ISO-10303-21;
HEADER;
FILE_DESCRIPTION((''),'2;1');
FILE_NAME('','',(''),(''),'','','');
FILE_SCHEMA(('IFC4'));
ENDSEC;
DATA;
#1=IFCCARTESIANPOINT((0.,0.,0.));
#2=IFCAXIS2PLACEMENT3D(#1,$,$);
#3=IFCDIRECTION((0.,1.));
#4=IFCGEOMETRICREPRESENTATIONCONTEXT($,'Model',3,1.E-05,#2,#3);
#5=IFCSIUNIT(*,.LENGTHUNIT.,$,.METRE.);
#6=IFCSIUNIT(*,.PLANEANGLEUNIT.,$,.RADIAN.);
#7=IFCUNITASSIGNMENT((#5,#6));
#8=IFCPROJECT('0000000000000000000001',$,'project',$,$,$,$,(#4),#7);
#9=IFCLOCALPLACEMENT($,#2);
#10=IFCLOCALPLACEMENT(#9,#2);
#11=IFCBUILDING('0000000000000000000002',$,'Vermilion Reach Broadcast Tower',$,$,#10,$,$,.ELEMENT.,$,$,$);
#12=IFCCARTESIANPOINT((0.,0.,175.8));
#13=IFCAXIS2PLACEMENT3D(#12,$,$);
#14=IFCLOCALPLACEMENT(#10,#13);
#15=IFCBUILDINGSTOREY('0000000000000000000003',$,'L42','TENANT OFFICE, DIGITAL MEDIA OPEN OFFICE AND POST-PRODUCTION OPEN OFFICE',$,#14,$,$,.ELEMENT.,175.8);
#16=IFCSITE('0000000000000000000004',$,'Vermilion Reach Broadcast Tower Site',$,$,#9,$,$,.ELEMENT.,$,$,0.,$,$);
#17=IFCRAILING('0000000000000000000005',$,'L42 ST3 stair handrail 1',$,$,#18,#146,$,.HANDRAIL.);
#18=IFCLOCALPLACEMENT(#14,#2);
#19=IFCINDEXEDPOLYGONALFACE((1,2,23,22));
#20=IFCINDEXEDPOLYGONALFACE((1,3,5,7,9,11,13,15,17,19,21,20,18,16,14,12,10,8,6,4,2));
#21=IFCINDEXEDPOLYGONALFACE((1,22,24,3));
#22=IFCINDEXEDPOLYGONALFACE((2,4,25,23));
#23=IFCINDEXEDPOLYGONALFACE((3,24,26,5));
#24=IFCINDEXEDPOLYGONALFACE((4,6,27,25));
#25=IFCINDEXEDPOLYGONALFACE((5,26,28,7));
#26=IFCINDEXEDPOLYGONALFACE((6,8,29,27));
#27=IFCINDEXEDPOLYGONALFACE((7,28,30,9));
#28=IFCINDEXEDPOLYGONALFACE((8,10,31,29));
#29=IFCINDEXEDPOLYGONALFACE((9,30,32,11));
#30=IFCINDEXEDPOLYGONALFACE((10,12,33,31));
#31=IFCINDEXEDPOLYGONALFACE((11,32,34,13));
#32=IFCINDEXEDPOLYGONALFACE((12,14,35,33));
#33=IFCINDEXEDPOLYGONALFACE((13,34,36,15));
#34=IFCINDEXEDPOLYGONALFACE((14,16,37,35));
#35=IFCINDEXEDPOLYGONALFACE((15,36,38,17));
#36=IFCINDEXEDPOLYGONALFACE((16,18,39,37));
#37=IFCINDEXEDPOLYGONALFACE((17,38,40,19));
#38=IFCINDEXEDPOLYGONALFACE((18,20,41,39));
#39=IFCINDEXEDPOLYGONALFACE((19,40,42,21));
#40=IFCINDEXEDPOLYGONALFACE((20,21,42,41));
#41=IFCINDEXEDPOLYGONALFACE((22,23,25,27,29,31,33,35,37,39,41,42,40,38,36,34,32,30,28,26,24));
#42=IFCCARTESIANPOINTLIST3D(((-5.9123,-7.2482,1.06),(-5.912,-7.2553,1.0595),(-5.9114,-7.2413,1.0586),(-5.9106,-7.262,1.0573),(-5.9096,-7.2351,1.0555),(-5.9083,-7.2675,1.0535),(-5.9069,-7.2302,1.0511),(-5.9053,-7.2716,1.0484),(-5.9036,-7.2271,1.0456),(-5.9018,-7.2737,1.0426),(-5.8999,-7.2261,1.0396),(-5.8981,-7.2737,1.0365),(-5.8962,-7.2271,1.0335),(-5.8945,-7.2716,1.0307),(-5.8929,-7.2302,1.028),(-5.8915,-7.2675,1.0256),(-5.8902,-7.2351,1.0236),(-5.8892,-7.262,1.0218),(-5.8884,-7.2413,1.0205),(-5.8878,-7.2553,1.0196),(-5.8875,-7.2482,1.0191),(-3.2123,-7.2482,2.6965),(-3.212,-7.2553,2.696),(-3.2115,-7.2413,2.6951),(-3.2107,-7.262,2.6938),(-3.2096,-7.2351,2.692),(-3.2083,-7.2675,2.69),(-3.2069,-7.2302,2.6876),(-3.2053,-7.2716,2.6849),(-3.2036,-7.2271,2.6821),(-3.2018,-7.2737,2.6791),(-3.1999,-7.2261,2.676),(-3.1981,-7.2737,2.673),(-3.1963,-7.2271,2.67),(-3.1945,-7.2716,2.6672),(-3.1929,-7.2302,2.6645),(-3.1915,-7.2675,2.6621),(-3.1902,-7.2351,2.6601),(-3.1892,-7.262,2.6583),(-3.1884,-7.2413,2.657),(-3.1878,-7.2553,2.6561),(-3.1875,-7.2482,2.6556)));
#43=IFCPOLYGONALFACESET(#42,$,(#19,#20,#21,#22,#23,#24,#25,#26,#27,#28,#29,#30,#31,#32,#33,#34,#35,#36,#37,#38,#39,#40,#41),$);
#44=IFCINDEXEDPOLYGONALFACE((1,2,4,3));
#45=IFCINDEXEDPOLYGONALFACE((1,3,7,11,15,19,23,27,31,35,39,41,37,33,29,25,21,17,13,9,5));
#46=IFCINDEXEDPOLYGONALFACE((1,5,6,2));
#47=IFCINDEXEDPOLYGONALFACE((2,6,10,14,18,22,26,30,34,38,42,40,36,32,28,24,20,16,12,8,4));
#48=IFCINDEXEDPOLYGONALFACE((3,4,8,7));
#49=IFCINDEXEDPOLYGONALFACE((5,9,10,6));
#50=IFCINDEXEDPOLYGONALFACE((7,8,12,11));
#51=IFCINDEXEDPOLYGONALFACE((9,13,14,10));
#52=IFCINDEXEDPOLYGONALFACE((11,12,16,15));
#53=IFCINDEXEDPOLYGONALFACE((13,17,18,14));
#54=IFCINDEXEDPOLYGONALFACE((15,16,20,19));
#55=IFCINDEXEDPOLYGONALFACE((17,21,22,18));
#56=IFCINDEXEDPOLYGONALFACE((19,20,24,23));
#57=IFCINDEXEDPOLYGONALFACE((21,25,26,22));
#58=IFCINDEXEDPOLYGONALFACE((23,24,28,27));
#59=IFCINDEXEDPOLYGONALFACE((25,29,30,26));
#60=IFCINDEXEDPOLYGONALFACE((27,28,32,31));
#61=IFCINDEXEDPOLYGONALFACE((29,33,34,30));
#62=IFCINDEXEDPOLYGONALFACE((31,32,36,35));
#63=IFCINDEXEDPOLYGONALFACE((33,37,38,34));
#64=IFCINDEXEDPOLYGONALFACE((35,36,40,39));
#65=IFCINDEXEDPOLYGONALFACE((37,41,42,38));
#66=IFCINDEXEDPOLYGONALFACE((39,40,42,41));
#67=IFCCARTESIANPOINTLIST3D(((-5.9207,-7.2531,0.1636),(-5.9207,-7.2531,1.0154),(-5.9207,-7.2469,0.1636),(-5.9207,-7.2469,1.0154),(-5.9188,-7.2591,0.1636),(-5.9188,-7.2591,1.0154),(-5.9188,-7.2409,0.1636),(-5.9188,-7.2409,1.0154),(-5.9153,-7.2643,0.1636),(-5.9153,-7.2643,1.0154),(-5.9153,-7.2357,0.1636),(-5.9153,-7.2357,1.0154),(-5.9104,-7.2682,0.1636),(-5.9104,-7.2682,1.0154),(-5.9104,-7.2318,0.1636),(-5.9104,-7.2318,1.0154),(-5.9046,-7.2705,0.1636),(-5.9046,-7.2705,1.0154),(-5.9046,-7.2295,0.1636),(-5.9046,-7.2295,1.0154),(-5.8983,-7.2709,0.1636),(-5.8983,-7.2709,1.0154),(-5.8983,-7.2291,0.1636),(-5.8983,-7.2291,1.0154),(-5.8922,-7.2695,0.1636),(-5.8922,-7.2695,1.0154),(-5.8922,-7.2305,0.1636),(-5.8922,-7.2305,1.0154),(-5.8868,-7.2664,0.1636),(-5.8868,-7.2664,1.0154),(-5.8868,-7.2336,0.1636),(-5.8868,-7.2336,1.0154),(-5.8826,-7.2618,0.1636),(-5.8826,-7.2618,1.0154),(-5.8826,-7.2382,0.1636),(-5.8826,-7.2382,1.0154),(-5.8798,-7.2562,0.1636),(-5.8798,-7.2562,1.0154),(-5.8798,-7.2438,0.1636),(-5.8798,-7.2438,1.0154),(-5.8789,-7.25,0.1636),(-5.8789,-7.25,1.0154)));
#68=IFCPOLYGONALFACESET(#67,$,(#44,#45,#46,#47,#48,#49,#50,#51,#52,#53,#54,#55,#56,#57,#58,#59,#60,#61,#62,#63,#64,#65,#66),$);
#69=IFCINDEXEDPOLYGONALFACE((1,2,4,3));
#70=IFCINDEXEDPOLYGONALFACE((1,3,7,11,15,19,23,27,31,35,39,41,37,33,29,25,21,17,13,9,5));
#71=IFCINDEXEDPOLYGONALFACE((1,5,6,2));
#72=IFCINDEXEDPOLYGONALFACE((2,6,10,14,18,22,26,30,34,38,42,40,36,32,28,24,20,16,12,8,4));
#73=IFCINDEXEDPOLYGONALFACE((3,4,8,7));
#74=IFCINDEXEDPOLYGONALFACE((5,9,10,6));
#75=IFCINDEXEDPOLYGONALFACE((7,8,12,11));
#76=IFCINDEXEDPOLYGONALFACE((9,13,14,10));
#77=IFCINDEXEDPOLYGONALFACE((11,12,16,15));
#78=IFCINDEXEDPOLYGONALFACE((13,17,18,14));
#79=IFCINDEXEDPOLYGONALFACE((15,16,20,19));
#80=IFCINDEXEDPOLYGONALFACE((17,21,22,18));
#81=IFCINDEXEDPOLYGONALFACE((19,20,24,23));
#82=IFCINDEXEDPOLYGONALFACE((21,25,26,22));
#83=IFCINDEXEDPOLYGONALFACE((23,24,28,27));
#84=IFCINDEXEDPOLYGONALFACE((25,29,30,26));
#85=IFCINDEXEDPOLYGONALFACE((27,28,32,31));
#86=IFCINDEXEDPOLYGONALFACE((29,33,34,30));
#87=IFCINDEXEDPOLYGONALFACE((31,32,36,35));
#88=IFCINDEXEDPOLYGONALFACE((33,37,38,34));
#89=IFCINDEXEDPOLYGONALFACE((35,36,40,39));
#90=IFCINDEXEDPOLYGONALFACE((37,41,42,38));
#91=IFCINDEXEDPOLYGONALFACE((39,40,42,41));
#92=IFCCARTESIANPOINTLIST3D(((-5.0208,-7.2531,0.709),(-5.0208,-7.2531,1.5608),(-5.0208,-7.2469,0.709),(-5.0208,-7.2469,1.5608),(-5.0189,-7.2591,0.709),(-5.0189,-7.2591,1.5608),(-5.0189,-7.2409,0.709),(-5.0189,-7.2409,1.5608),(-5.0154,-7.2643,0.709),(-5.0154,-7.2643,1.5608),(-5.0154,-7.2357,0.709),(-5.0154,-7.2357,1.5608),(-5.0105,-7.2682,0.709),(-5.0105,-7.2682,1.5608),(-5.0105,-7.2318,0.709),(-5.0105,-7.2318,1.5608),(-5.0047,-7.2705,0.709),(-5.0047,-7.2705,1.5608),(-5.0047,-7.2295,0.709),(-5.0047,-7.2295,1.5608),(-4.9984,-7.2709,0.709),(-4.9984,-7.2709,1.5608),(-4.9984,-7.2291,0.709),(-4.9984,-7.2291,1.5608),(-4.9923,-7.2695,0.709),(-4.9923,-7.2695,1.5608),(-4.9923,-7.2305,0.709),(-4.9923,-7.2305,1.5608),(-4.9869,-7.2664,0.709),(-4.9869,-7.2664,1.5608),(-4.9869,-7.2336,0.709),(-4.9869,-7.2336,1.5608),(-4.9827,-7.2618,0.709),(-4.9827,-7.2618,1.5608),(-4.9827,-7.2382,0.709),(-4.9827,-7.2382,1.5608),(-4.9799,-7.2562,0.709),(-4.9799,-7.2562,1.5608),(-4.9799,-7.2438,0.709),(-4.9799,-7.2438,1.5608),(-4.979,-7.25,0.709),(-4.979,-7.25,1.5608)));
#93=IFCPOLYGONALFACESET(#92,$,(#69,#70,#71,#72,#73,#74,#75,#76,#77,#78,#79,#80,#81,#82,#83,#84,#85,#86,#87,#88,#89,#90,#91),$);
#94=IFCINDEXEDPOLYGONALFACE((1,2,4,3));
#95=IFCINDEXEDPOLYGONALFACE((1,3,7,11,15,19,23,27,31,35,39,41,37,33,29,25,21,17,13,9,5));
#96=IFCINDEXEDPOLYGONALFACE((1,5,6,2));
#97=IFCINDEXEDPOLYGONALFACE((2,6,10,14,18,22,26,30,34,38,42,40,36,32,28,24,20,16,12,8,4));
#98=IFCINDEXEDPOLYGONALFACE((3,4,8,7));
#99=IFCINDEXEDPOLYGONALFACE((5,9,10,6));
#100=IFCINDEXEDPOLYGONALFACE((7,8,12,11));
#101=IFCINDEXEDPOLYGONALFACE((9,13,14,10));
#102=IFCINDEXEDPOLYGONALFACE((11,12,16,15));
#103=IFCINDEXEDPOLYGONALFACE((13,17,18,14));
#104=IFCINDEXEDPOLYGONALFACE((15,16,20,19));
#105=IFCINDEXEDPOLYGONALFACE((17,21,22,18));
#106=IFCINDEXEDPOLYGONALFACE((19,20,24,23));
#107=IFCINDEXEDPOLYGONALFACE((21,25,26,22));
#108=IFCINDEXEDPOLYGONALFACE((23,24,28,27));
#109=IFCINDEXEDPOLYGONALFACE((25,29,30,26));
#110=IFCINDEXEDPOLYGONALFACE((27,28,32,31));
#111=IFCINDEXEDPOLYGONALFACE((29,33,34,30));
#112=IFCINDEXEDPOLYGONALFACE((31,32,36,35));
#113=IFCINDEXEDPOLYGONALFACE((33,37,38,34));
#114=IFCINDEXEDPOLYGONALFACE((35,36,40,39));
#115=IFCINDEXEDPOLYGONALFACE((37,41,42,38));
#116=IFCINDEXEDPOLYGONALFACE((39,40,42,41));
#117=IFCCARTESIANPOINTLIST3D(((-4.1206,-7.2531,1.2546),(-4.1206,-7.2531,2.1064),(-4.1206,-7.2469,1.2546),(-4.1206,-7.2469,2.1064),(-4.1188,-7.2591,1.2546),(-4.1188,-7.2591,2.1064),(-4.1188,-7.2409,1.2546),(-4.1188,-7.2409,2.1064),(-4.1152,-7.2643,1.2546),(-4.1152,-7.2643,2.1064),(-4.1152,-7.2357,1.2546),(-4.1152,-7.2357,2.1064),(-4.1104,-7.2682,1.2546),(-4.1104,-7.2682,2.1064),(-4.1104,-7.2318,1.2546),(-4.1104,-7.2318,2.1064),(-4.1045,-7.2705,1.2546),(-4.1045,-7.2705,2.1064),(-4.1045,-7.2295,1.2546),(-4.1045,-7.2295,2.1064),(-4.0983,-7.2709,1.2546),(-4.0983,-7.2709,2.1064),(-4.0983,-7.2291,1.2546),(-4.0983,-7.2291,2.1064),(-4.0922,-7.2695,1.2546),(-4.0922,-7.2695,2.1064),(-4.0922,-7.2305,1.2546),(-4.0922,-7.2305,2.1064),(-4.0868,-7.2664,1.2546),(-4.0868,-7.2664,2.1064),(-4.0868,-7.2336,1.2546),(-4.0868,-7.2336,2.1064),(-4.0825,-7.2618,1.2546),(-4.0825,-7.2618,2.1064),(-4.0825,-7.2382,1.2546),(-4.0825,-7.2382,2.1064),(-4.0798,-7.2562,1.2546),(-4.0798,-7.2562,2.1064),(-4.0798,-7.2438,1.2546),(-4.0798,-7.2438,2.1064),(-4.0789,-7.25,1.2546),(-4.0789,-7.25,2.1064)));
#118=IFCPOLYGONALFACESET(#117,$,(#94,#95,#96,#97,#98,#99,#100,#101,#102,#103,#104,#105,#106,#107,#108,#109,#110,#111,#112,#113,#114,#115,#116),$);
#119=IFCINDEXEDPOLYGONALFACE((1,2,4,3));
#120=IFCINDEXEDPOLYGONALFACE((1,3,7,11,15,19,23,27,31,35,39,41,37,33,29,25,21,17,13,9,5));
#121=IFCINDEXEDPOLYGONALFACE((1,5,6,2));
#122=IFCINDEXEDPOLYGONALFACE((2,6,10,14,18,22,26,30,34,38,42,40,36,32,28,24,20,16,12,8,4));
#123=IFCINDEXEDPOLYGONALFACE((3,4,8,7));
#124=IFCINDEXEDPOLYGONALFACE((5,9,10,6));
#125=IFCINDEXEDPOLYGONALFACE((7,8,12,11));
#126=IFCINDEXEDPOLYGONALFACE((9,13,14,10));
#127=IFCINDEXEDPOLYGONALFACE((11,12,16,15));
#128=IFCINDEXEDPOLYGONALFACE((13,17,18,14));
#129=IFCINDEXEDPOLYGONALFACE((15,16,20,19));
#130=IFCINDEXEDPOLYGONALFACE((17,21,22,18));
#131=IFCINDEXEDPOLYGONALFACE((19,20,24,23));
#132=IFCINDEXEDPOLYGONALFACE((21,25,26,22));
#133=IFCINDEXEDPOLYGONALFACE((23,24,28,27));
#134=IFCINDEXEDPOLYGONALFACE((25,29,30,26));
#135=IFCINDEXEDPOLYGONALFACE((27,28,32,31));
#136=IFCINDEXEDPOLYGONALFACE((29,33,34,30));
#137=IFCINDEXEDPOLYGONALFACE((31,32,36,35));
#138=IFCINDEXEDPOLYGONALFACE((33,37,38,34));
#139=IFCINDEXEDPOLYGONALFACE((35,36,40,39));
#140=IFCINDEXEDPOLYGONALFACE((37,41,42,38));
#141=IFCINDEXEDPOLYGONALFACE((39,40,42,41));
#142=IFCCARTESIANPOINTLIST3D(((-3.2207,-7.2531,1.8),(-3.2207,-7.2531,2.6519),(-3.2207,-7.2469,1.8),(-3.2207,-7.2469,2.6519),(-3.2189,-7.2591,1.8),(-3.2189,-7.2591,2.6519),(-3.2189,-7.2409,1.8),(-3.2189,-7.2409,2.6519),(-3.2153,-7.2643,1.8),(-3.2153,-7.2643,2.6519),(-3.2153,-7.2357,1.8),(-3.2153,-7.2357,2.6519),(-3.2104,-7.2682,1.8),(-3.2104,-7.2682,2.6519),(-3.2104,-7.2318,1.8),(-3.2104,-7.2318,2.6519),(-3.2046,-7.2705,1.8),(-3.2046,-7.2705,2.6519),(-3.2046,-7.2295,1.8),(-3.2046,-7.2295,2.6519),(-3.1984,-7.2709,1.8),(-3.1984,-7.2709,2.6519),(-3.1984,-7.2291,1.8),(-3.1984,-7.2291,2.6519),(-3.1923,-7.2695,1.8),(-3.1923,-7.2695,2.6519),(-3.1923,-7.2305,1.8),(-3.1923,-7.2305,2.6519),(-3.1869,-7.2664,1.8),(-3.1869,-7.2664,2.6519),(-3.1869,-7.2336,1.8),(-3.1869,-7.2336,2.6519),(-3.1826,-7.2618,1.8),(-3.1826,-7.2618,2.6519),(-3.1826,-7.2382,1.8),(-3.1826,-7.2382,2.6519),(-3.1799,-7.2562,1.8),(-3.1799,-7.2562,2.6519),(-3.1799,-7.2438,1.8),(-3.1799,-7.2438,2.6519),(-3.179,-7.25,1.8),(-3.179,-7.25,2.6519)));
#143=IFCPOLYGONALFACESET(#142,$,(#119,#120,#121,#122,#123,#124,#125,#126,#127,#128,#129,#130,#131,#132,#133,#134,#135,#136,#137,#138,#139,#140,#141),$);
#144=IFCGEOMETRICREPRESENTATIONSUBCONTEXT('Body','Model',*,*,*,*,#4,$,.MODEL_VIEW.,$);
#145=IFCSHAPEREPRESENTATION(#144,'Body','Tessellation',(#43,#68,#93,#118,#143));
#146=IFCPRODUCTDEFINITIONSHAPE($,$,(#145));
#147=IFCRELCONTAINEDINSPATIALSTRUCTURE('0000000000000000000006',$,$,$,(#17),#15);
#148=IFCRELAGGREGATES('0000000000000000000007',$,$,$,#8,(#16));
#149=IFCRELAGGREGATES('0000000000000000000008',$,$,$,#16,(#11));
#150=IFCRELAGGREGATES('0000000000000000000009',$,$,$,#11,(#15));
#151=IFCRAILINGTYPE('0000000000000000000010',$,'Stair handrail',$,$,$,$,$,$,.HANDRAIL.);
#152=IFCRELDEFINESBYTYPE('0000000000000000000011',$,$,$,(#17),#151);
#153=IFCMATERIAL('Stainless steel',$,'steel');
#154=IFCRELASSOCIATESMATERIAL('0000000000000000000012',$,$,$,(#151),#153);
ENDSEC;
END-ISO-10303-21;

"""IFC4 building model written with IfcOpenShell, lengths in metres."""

from ifc_helpers import new_model, si_unit, direction, frame, origin, origin_2d, place, context, subcontext, project, spatial, circle, extrude, material, type_object, element, save


model = new_model("IFC4")

# Units and contexts
model_context = context("Model", 3, precision=1e-05, world=origin(), true_north=direction((0.0, 1.0)))
body_context = subcontext(model_context, "Body", "Model", "MODEL_VIEW")
ifc_project = project(units=[si_unit("LENGTHUNIT", "METRE"), si_unit("PLANEANGLEUNIT", "RADIAN")], contexts=[model_context])

# Site, building, storey
site_placement = place(None, origin())
site = spatial("IfcSite", under=ifc_project, at=site_placement, Name="Vermilion Reach Broadcast Tower Site", CompositionType="ELEMENT", RefElevation=0.0)
building_placement = place(site_placement, origin())
building = spatial("IfcBuilding", under=site, at=building_placement, Name="Vermilion Reach Broadcast Tower", CompositionType="ELEMENT")
storey_placement = place(building_placement, frame((0.0, 0.0, 175.8)))
storey = spatial("IfcBuildingStorey", under=building, at=storey_placement, Name="L42", Description="TENANT OFFICE, DIGITAL MEDIA OPEN OFFICE AND POST-PRODUCTION OPEN OFFICE", CompositionType="ELEMENT", Elevation=175.8)

# Railing
ifc_material_1 = material(Name="Stainless steel", Category="steel")
railing_type_1 = type_object("IfcRailingType", Name="Stair handrail", PredefinedType="HANDRAIL", material=ifc_material_1)
railing_1_placement = place(storey_placement, frame((-5.8999, -7.25, 0.1636)))
element("IfcRailing", 1, at=railing_1_placement, inside=storey, type_object=railing_type_1, Name="L42 ST3 stair handrail 1", PredefinedType="HANDRAIL", context=body_context, shape_type="SweptSolid", body=[
    extrude(circle(Radius=0.0239, at=origin_2d()), frame((0.0, 0.0, 0.876), z_axis=(0.855178, 0.0, 0.518334), x_axis=(0.0, 1.0, 0.0)), (0.0, 0.0, 1.0), 3.1572),
    extrude(circle(Radius=0.021, at=origin_2d()), origin(), (0.0, 0.0, 1.0), 0.8518),
    extrude(circle(Radius=0.021, at=origin_2d()), frame((0.8999, 0.0, 0.5454)), (0.0, 0.0, 1.0), 0.8518),
    extrude(circle(Radius=0.021, at=origin_2d()), frame((1.8, 0.0, 1.0911)), (0.0, 0.0, 1.0), 0.8518),
    extrude(circle(Radius=0.021, at=origin_2d()), frame((2.7, 0.0, 1.6365)), (0.0, 0.0, 1.0), 0.8518),
])

save(model, "model.ifc")
